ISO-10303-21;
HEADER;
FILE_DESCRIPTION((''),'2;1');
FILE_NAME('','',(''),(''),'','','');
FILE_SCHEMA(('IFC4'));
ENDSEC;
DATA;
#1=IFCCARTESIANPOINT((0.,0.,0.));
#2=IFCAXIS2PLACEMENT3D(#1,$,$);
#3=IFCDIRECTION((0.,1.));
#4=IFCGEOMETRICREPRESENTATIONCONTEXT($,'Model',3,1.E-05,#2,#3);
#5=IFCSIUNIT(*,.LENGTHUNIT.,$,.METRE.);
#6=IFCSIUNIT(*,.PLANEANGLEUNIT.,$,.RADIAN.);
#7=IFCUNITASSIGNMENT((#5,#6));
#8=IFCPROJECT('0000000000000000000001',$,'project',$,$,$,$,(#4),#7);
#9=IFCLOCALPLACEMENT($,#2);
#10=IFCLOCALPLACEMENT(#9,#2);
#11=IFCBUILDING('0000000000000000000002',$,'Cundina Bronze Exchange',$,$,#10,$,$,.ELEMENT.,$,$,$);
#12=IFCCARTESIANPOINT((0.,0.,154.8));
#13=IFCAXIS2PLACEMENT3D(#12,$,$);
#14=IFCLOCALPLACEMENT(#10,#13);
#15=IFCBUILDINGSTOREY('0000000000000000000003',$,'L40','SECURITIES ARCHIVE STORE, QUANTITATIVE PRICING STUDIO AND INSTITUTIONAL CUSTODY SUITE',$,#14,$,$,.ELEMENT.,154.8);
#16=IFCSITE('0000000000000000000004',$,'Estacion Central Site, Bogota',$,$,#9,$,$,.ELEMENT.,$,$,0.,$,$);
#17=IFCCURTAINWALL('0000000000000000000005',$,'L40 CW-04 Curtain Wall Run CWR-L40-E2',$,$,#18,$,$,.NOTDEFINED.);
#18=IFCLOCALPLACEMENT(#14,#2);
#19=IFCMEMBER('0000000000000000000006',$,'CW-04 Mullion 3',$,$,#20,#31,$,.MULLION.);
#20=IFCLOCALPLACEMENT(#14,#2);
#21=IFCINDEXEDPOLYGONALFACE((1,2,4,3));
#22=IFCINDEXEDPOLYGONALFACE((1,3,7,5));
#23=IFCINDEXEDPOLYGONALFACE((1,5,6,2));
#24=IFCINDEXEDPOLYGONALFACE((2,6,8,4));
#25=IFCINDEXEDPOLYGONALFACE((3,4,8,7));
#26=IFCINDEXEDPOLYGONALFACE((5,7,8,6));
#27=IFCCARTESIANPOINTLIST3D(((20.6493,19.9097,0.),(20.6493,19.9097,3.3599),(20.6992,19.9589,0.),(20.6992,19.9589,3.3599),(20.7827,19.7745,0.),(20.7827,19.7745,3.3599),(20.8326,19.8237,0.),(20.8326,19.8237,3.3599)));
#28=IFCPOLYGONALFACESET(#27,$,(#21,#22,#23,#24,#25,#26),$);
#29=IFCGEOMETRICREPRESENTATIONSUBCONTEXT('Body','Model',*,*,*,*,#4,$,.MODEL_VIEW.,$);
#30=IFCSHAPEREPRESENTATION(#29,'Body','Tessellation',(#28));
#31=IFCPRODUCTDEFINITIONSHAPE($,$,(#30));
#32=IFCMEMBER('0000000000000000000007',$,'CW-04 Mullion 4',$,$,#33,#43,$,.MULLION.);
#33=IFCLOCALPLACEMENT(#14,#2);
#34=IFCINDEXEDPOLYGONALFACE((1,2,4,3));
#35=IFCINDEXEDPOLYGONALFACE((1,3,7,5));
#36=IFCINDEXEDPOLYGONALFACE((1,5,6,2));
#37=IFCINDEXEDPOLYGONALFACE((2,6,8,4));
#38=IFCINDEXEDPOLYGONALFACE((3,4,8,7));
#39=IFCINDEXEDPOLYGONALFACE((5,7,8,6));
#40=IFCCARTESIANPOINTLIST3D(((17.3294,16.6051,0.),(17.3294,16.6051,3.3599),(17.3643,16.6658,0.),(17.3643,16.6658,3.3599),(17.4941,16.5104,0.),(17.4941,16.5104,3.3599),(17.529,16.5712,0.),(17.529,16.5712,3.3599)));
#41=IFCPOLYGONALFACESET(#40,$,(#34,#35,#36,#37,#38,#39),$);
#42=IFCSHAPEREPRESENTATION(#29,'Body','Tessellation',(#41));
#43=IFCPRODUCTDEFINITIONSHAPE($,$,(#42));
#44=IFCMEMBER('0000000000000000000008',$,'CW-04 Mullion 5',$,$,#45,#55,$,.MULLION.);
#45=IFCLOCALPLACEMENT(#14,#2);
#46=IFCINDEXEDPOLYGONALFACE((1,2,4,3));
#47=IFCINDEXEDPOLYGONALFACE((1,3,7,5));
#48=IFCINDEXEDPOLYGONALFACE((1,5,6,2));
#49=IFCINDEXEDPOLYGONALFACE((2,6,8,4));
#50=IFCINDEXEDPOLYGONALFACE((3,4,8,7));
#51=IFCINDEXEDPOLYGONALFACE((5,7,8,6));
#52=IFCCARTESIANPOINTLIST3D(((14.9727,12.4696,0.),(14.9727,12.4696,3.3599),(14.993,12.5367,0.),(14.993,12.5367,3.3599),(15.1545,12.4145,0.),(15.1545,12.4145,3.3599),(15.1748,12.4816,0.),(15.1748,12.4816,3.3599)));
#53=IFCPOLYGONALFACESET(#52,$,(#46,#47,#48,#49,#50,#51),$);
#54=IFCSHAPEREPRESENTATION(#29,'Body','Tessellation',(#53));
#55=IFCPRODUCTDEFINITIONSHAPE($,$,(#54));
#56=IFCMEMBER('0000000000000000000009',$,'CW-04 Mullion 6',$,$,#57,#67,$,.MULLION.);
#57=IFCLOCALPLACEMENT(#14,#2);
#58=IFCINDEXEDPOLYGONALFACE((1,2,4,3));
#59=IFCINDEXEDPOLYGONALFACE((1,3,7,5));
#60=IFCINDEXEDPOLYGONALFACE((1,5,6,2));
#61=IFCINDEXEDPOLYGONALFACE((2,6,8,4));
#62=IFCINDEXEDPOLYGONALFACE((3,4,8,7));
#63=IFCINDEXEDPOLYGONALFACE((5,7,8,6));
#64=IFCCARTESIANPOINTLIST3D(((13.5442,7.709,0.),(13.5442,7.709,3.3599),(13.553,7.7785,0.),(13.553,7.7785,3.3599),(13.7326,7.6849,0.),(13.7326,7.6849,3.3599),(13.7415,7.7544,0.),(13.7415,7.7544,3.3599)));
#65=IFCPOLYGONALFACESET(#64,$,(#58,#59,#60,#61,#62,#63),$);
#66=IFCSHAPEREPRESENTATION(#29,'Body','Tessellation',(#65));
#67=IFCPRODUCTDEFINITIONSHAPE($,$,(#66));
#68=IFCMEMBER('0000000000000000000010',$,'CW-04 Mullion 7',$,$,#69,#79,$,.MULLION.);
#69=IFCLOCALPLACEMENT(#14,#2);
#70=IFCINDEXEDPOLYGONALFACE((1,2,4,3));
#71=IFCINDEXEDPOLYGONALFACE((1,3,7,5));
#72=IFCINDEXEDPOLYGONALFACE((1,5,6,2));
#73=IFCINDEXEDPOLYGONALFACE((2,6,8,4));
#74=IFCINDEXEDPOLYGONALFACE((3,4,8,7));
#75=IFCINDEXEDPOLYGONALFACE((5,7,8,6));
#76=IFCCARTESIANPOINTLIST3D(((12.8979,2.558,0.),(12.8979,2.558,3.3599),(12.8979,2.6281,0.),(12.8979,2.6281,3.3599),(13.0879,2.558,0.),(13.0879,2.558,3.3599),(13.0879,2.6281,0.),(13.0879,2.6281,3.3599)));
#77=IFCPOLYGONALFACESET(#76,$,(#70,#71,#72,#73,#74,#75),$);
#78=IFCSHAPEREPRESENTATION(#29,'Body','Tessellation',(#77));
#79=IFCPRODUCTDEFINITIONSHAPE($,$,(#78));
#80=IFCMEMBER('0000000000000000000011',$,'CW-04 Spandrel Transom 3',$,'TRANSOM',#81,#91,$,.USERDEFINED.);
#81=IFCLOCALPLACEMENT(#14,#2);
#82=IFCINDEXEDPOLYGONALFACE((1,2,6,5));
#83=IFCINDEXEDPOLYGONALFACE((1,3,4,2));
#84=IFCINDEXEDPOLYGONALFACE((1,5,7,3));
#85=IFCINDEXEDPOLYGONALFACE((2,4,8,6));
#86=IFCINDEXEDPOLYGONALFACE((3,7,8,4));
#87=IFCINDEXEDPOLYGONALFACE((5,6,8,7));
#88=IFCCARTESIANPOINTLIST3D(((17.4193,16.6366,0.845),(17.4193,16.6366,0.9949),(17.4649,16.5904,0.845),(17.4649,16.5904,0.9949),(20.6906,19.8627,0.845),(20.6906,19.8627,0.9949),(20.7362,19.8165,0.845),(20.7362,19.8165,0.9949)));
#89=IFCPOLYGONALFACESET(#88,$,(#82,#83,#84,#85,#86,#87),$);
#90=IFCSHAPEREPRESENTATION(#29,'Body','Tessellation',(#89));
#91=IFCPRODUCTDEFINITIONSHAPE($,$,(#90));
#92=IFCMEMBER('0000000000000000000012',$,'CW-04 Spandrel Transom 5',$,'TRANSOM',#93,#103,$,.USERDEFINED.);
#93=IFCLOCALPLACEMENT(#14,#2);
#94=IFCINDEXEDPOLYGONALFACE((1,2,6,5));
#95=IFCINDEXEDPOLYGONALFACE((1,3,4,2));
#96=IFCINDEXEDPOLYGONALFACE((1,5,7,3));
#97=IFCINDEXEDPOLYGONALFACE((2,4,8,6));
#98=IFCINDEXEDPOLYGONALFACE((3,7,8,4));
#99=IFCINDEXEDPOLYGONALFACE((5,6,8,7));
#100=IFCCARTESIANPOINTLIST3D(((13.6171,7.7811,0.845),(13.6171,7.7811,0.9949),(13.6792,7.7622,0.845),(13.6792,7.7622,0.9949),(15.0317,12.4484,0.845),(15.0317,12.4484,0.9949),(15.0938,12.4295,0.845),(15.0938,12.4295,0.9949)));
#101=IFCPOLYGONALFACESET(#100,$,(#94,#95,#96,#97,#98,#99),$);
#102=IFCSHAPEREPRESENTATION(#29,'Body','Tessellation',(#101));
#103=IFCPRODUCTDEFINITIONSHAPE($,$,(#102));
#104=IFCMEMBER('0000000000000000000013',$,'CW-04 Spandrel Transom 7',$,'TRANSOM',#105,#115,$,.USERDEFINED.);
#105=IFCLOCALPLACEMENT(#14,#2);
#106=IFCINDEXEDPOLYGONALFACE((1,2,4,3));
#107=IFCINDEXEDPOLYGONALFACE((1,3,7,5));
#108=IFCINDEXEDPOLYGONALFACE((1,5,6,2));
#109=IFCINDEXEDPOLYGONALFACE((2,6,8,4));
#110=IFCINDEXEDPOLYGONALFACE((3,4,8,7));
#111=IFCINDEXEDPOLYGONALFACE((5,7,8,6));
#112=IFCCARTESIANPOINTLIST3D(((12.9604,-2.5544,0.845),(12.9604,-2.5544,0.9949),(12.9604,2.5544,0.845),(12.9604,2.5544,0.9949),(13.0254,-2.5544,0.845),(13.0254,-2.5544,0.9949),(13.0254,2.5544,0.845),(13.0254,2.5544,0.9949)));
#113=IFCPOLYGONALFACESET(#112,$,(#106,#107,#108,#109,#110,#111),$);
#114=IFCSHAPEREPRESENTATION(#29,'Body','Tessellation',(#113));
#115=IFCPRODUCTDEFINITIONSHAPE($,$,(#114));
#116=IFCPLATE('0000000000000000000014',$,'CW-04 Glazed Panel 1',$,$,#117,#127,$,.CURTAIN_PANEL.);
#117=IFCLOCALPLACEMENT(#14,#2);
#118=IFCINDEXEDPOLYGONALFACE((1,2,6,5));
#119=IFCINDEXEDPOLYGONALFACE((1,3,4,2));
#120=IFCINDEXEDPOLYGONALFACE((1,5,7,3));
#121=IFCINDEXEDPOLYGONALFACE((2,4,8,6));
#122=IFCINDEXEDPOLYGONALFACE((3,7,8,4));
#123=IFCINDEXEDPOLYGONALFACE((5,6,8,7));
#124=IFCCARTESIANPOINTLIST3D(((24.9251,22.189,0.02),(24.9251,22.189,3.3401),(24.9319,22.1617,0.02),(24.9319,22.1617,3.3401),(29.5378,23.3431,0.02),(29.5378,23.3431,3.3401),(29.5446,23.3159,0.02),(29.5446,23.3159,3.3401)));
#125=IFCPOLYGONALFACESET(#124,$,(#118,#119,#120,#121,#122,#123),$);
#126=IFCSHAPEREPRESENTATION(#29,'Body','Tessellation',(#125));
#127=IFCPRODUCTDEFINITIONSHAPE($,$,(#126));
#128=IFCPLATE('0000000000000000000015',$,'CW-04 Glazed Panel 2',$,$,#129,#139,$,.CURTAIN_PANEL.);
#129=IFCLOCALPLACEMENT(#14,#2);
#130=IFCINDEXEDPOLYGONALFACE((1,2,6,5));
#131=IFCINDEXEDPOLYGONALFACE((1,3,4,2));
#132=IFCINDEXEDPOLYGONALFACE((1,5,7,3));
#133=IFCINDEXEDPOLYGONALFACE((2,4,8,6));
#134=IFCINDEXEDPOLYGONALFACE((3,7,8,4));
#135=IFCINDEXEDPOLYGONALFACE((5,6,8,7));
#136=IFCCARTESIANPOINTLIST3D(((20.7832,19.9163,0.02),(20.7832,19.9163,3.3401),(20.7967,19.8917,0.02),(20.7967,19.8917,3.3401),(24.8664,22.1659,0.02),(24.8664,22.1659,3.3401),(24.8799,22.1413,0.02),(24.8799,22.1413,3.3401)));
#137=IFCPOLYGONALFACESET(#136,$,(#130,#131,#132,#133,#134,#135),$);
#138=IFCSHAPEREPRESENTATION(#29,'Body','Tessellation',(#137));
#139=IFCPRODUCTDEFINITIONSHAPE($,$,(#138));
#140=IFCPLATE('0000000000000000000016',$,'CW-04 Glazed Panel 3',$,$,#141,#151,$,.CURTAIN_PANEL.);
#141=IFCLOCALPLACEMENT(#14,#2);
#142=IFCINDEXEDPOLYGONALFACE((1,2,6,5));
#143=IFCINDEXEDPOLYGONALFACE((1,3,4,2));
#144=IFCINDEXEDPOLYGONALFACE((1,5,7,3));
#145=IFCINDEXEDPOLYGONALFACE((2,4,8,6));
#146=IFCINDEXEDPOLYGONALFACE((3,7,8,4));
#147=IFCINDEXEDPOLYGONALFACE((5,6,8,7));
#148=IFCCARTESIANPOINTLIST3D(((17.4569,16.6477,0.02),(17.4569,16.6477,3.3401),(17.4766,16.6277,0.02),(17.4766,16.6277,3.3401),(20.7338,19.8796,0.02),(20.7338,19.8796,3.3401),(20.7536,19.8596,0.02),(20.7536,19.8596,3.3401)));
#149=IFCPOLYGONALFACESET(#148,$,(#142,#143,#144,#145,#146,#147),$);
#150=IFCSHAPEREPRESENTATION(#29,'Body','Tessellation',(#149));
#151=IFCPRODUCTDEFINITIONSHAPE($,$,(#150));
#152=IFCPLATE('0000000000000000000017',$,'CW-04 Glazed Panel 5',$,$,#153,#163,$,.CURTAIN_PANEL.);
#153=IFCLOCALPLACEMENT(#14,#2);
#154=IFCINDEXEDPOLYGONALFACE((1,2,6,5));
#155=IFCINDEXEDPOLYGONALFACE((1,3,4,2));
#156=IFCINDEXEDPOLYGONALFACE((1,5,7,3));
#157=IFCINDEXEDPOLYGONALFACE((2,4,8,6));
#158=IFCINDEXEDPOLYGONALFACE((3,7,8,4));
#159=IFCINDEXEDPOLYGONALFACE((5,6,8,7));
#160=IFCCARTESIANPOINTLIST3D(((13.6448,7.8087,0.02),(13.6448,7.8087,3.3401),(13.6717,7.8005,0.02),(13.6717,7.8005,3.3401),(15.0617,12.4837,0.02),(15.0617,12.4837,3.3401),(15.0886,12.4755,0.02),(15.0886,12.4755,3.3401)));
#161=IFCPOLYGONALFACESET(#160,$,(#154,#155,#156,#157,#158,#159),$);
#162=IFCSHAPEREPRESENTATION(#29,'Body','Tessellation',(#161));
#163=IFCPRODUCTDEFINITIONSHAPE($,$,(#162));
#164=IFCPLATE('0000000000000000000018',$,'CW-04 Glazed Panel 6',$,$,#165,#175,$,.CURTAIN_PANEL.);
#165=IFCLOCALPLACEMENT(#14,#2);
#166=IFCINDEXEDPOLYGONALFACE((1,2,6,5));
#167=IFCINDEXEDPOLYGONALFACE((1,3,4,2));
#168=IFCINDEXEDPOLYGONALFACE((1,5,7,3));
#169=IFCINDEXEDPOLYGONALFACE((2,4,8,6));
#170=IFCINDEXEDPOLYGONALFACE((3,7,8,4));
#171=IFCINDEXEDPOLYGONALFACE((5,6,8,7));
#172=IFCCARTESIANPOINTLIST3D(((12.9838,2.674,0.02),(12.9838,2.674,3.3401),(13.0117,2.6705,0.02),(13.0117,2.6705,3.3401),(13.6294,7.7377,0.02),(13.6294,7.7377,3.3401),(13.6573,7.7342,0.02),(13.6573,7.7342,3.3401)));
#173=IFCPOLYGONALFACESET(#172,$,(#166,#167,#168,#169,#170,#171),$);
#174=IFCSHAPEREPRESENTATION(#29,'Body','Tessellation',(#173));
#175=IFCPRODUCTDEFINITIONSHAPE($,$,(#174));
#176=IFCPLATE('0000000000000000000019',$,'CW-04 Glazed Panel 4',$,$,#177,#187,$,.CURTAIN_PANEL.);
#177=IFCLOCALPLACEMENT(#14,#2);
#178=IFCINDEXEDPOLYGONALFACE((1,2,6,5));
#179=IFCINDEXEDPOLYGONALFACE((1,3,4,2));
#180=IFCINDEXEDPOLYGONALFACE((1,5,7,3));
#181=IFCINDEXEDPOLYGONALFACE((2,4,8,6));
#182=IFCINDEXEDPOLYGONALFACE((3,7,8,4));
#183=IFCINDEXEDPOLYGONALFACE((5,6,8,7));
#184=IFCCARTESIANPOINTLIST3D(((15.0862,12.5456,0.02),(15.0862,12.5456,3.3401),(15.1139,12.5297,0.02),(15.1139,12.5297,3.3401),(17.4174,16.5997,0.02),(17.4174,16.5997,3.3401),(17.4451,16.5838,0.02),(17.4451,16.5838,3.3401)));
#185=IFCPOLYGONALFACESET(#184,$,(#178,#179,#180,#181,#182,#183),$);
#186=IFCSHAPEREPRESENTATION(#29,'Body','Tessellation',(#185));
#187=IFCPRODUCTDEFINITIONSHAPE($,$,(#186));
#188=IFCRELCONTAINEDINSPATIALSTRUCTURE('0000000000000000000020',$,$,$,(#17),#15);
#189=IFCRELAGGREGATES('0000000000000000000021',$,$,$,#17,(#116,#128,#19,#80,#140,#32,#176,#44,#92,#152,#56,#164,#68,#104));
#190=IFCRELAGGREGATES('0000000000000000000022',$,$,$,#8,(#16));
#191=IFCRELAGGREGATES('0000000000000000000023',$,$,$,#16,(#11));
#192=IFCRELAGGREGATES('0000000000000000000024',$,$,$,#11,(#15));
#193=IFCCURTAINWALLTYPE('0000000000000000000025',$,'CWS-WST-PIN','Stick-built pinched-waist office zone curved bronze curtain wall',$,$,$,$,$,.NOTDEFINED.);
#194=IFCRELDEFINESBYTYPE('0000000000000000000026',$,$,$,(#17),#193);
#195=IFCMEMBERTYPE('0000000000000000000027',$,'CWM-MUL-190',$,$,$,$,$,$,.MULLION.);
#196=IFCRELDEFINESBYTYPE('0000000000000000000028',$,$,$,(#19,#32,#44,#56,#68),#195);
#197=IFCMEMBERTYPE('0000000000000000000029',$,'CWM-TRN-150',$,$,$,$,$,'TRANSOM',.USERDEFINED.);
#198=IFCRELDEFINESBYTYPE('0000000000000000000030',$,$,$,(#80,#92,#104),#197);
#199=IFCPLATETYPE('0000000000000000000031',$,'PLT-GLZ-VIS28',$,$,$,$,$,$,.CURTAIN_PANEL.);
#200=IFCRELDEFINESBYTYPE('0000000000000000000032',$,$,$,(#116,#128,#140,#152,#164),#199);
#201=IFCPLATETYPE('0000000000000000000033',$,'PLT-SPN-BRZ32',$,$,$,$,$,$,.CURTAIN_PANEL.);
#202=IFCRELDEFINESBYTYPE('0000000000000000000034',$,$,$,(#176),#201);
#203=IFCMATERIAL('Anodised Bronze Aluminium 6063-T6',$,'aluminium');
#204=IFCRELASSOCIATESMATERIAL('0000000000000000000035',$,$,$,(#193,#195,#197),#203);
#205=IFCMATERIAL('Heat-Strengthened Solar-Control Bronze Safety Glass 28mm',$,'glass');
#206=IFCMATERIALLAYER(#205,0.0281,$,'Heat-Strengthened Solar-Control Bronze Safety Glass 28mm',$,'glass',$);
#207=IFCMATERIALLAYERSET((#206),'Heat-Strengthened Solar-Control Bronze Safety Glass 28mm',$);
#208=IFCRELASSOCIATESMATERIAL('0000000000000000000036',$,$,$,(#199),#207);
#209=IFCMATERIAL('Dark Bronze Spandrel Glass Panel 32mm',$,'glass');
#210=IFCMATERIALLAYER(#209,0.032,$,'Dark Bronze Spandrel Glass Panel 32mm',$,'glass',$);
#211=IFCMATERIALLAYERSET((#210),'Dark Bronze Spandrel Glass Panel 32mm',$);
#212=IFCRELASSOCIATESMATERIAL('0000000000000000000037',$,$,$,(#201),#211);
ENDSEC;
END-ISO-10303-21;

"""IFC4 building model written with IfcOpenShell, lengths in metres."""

from ifc_helpers import new_model, si_unit, direction, frame, origin, origin_2d, place, context, subcontext, project, spatial, rectangle, extrude, material, layer, layer_set, material_profile, profile_set, type_object, element, aggregate, save


model = new_model("IFC4")

# Units and contexts
model_context = context("Model", 3, precision=1e-05, world=origin(), true_north=direction((0.0, 1.0)))
body_context = subcontext(model_context, "Body", "Model", "MODEL_VIEW")
ifc_project = project(units=[si_unit("LENGTHUNIT", "METRE"), si_unit("PLANEANGLEUNIT", "RADIAN")], contexts=[model_context])

# Site, building, storey
site_placement = place(None, origin())
site = spatial("IfcSite", under=ifc_project, at=site_placement, Name="Estacion Central Site, Bogota", CompositionType="ELEMENT", RefElevation=0.0)
building_placement = place(site_placement, origin())
building = spatial("IfcBuilding", under=site, at=building_placement, Name="Cundina Bronze Exchange", CompositionType="ELEMENT")
storey_placement = place(building_placement, frame((0.0, 0.0, 154.8)))
storey = spatial("IfcBuildingStorey", under=building, at=storey_placement, Name="L40", Description="SECURITIES ARCHIVE STORE, QUANTITATIVE PRICING STUDIO AND INSTITUTIONAL CUSTODY SUITE", CompositionType="ELEMENT", Elevation=154.8)

# Curtain wall, members, plates
ifc_material_1 = material(Name="Anodised Bronze Aluminium 6063-T6", Category="aluminium")
curtain_wall_type = type_object("IfcCurtainWallType", Name="CWS-WST-PIN", Description="Stick-built pinched-waist office zone curved bronze curtain wall", PredefinedType="NOTDEFINED", material=ifc_material_1)
curtain_wall_placement = place(storey_placement, origin())
curtain_wall = element("IfcCurtainWall", 1, at=curtain_wall_placement, inside=storey, type_object=curtain_wall_type, Name="L40 CW-04 Curtain Wall Run CWR-L40-E2", PredefinedType="NOTDEFINED")
ifc_material_profile_1 = material_profile(ifc_material_1, rectangle(XDim=0.0701, YDim=0.1899, at=origin_2d()), Name="AL70X190", Category="aluminium")
ifc_profile_set_1 = profile_set([ifc_material_profile_1], Name="Anodised Bronze Aluminium 6063-T6")
member_type_1 = type_object("IfcMemberType", Name="CWM-MUL-190", PredefinedType="MULLION", material=ifc_profile_set_1)
member_1_placement = place(storey_placement, frame((20.741, 19.8667, 0.0), z_axis=(0.0, 0.0, 1.0), x_axis=(-0.712026, -0.702153, 0.0)))
member_1 = element("IfcMember", 2, at=member_1_placement, type_object=member_type_1, Name="CW-04 Mullion 3", PredefinedType="MULLION", context=body_context, shape_type="SweptSolid", body=[
    extrude(rectangle(XDim=0.0701, YDim=0.1899, at=origin_2d()), origin(), (0.0, 0.0, 1.0), 3.3599),
])
member_2_placement = place(storey_placement, frame((17.4292, 16.5881, 0.0), z_axis=(0.0, 0.0, 1.0), x_axis=(-0.498488, -0.866897, 0.0)))
member_2 = element("IfcMember", 3, at=member_2_placement, type_object=member_type_1, Name="CW-04 Mullion 4", PredefinedType="MULLION", context=body_context, shape_type="SweptSolid", body=[
    extrude(rectangle(XDim=0.0701, YDim=0.1899, at=origin_2d()), origin(), (0.0, 0.0, 1.0), 3.3599),
])
member_3_placement = place(storey_placement, frame((15.0737, 12.4756, 0.0), z_axis=(0.0, 0.0, 1.0), x_axis=(-0.290034, -0.957016, 0.0)))
member_3 = element("IfcMember", 4, at=member_3_placement, type_object=member_type_1, Name="CW-04 Mullion 5", PredefinedType="MULLION", context=body_context, shape_type="SweptSolid", body=[
    extrude(rectangle(XDim=0.0701, YDim=0.1899, at=origin_2d()), origin(), (0.0, 0.0, 1.0), 3.3599),
])
member_4_placement = place(storey_placement, frame((13.6428, 7.7317, 0.0), z_axis=(0.0, 0.0, 1.0), x_axis=(-0.126545, -0.991961, 0.0)))
member_4 = element("IfcMember", 5, at=member_4_placement, type_object=member_type_1, Name="CW-04 Mullion 6", PredefinedType="MULLION", context=body_context, shape_type="SweptSolid", body=[
    extrude(rectangle(XDim=0.0701, YDim=0.1899, at=origin_2d()), origin(), (0.0, 0.0, 1.0), 3.3599),
])
member_5_placement = place(storey_placement, frame((12.9929, 2.593, 0.0), z_axis=(0.0, 0.0, 1.0), x_axis=(0.0, -1.0, 0.0)))
member_5 = element("IfcMember", 6, at=member_5_placement, type_object=member_type_1, Name="CW-04 Mullion 7", PredefinedType="MULLION", context=body_context, shape_type="SweptSolid", body=[
    extrude(rectangle(XDim=0.0701, YDim=0.1899, at=origin_2d()), origin(), (0.0, 0.0, 1.0), 3.3599),
])
ifc_material_profile_2 = material_profile(ifc_material_1, rectangle(XDim=0.0649, YDim=0.1499, at=origin_2d()), Name="AL65X150", Category="aluminium")
ifc_profile_set_2 = profile_set([ifc_material_profile_2], Name="Anodised Bronze Aluminium 6063-T6")
member_type_2 = type_object("IfcMemberType", Name="CWM-TRN-150", ElementType="TRANSOM", PredefinedType="USERDEFINED", material=ifc_profile_set_2)
member_6_placement = place(storey_placement, frame((20.7134, 19.8396, 0.9199), z_axis=(-0.712005, -0.702174, 0.0), x_axis=(0.702174, -0.712005, 0.0)))
member_6 = element("IfcMember", 7, at=member_6_placement, type_object=member_type_2, Name="CW-04 Spandrel Transom 3", ObjectType="TRANSOM", PredefinedType="USERDEFINED", context=body_context, shape_type="SweptSolid", body=[
    extrude(rectangle(XDim=0.0649, YDim=0.1499, at=origin_2d()), origin(), (0.0, 0.0, 1.0), 4.5945),
])
member_7_placement = place(storey_placement, frame((15.0627, 12.439, 0.9199), z_axis=(-0.290052, -0.957011, 0.0), x_axis=(0.957011, -0.290052, 0.0)))
member_7 = element("IfcMember", 8, at=member_7_placement, type_object=member_type_2, Name="CW-04 Spandrel Transom 5", ObjectType="TRANSOM", PredefinedType="USERDEFINED", context=body_context, shape_type="SweptSolid", body=[
    extrude(rectangle(XDim=0.0649, YDim=0.1499, at=origin_2d()), origin(), (0.0, 0.0, 1.0), 4.877),
])
member_8_placement = place(storey_placement, frame((12.9929, 2.5544, 0.9199), z_axis=(0.0, -1.0, 0.0), x_axis=(1.0, 0.0, 0.0)))
member_8 = element("IfcMember", 9, at=member_8_placement, type_object=member_type_2, Name="CW-04 Spandrel Transom 7", ObjectType="TRANSOM", PredefinedType="USERDEFINED", context=body_context, shape_type="SweptSolid", body=[
    extrude(rectangle(XDim=0.0649, YDim=0.1499, at=origin_2d()), origin(), (0.0, 0.0, 1.0), 5.1089),
])
ifc_material_2 = material(Name="Heat-Strengthened Solar-Control Bronze Safety Glass 28mm", Category="glass")
ifc_layer_1 = layer(ifc_material_2, 0.0281, Name="Heat-Strengthened Solar-Control Bronze Safety Glass 28mm", Category="glass")
ifc_layer_set_1 = layer_set([ifc_layer_1], Name="Heat-Strengthened Solar-Control Bronze Safety Glass 28mm")
plate_type_1 = type_object("IfcPlateType", Name="PLT-GLZ-VIS28", PredefinedType="CURTAIN_PANEL", material=ifc_layer_set_1)
plate_1_placement = place(storey_placement, frame((27.2349, 22.7524, 0.02), z_axis=(0.0, 0.0, 1.0), x_axis=(-0.970093, -0.242735, 0.0)))
plate_1 = element("IfcPlate", 10, at=plate_1_placement, type_object=plate_type_1, Name="CW-04 Glazed Panel 1", PredefinedType="CURTAIN_PANEL", context=body_context, shape_type="SweptSolid", body=[
    extrude(rectangle(XDim=4.7549, YDim=0.0281, at=origin_2d()), origin(), (0.0, 0.0, 1.0), 3.3201),
])
plate_2_placement = place(storey_placement, frame((22.8315, 21.0288, 0.02), z_axis=(0.0, 0.0, 1.0), x_axis=(-0.875869, -0.482549, 0.0)))
plate_2 = element("IfcPlate", 11, at=plate_2_placement, type_object=plate_type_1, Name="CW-04 Glazed Panel 2", PredefinedType="CURTAIN_PANEL", context=body_context, shape_type="SweptSolid", body=[
    extrude(rectangle(XDim=4.6619, YDim=0.0281, at=origin_2d()), origin(), (0.0, 0.0, 1.0), 3.3201),
])
plate_3_placement = place(storey_placement, frame((19.1052, 18.2537, 0.02), z_axis=(0.0, 0.0, 1.0), x_axis=(-0.711989, -0.70219, 0.0)))
plate_3 = element("IfcPlate", 12, at=plate_3_placement, type_object=plate_type_1, Name="CW-04 Glazed Panel 3", PredefinedType="CURTAIN_PANEL", context=body_context, shape_type="SweptSolid", body=[
    extrude(rectangle(XDim=4.6025, YDim=0.0281, at=origin_2d()), origin(), (0.0, 0.0, 1.0), 3.3201),
])
plate_4_placement = place(storey_placement, frame((14.3667, 10.1421, 0.02), z_axis=(0.0, 0.0, 1.0), x_axis=(-0.290051, -0.957011, 0.0)))
plate_4 = element("IfcPlate", 13, at=plate_4_placement, type_object=plate_type_1, Name="CW-04 Glazed Panel 5", PredefinedType="CURTAIN_PANEL", context=body_context, shape_type="SweptSolid", body=[
    extrude(rectangle(XDim=4.885, YDim=0.0281, at=origin_2d()), origin(), (0.0, 0.0, 1.0), 3.3201),
])
plate_5_placement = place(storey_placement, frame((13.3206, 5.2041, 0.02), z_axis=(0.0, 0.0, 1.0), x_axis=(-0.126476, -0.99197, 0.0)))
plate_5 = element("IfcPlate", 14, at=plate_5_placement, type_object=plate_type_1, Name="CW-04 Glazed Panel 6", PredefinedType="CURTAIN_PANEL", context=body_context, shape_type="SweptSolid", body=[
    extrude(rectangle(XDim=5.1047, YDim=0.0281, at=origin_2d()), origin(), (0.0, 0.0, 1.0), 3.3201),
])
ifc_material_3 = material(Name="Dark Bronze Spandrel Glass Panel 32mm", Category="glass")
ifc_layer_2 = layer(ifc_material_3, 0.032, Name="Dark Bronze Spandrel Glass Panel 32mm", Category="glass")
ifc_layer_set_2 = layer_set([ifc_layer_2], Name="Dark Bronze Spandrel Glass Panel 32mm")
plate_type_2 = type_object("IfcPlateType", Name="PLT-SPN-BRZ32", PredefinedType="CURTAIN_PANEL", material=ifc_layer_set_2)
plate_6_placement = place(storey_placement, frame((16.2656, 14.5647, 0.02), z_axis=(0.0, 0.0, 1.0), x_axis=(-0.498488, -0.866897, 0.0)))
plate_6 = element("IfcPlate", 15, at=plate_6_placement, type_object=plate_type_2, Name="CW-04 Glazed Panel 4", PredefinedType="CURTAIN_PANEL", context=body_context, shape_type="SweptSolid", body=[
    extrude(rectangle(XDim=4.6765, YDim=0.032, at=origin_2d()), origin(), (0.0, 0.0, 1.0), 3.3201),
])
aggregate(curtain_wall, [plate_1, plate_2, member_1, member_6, plate_3, member_2, plate_6, member_3, member_7, plate_4, member_4, plate_5, member_5, member_8])

save(model, "model.ifc")
